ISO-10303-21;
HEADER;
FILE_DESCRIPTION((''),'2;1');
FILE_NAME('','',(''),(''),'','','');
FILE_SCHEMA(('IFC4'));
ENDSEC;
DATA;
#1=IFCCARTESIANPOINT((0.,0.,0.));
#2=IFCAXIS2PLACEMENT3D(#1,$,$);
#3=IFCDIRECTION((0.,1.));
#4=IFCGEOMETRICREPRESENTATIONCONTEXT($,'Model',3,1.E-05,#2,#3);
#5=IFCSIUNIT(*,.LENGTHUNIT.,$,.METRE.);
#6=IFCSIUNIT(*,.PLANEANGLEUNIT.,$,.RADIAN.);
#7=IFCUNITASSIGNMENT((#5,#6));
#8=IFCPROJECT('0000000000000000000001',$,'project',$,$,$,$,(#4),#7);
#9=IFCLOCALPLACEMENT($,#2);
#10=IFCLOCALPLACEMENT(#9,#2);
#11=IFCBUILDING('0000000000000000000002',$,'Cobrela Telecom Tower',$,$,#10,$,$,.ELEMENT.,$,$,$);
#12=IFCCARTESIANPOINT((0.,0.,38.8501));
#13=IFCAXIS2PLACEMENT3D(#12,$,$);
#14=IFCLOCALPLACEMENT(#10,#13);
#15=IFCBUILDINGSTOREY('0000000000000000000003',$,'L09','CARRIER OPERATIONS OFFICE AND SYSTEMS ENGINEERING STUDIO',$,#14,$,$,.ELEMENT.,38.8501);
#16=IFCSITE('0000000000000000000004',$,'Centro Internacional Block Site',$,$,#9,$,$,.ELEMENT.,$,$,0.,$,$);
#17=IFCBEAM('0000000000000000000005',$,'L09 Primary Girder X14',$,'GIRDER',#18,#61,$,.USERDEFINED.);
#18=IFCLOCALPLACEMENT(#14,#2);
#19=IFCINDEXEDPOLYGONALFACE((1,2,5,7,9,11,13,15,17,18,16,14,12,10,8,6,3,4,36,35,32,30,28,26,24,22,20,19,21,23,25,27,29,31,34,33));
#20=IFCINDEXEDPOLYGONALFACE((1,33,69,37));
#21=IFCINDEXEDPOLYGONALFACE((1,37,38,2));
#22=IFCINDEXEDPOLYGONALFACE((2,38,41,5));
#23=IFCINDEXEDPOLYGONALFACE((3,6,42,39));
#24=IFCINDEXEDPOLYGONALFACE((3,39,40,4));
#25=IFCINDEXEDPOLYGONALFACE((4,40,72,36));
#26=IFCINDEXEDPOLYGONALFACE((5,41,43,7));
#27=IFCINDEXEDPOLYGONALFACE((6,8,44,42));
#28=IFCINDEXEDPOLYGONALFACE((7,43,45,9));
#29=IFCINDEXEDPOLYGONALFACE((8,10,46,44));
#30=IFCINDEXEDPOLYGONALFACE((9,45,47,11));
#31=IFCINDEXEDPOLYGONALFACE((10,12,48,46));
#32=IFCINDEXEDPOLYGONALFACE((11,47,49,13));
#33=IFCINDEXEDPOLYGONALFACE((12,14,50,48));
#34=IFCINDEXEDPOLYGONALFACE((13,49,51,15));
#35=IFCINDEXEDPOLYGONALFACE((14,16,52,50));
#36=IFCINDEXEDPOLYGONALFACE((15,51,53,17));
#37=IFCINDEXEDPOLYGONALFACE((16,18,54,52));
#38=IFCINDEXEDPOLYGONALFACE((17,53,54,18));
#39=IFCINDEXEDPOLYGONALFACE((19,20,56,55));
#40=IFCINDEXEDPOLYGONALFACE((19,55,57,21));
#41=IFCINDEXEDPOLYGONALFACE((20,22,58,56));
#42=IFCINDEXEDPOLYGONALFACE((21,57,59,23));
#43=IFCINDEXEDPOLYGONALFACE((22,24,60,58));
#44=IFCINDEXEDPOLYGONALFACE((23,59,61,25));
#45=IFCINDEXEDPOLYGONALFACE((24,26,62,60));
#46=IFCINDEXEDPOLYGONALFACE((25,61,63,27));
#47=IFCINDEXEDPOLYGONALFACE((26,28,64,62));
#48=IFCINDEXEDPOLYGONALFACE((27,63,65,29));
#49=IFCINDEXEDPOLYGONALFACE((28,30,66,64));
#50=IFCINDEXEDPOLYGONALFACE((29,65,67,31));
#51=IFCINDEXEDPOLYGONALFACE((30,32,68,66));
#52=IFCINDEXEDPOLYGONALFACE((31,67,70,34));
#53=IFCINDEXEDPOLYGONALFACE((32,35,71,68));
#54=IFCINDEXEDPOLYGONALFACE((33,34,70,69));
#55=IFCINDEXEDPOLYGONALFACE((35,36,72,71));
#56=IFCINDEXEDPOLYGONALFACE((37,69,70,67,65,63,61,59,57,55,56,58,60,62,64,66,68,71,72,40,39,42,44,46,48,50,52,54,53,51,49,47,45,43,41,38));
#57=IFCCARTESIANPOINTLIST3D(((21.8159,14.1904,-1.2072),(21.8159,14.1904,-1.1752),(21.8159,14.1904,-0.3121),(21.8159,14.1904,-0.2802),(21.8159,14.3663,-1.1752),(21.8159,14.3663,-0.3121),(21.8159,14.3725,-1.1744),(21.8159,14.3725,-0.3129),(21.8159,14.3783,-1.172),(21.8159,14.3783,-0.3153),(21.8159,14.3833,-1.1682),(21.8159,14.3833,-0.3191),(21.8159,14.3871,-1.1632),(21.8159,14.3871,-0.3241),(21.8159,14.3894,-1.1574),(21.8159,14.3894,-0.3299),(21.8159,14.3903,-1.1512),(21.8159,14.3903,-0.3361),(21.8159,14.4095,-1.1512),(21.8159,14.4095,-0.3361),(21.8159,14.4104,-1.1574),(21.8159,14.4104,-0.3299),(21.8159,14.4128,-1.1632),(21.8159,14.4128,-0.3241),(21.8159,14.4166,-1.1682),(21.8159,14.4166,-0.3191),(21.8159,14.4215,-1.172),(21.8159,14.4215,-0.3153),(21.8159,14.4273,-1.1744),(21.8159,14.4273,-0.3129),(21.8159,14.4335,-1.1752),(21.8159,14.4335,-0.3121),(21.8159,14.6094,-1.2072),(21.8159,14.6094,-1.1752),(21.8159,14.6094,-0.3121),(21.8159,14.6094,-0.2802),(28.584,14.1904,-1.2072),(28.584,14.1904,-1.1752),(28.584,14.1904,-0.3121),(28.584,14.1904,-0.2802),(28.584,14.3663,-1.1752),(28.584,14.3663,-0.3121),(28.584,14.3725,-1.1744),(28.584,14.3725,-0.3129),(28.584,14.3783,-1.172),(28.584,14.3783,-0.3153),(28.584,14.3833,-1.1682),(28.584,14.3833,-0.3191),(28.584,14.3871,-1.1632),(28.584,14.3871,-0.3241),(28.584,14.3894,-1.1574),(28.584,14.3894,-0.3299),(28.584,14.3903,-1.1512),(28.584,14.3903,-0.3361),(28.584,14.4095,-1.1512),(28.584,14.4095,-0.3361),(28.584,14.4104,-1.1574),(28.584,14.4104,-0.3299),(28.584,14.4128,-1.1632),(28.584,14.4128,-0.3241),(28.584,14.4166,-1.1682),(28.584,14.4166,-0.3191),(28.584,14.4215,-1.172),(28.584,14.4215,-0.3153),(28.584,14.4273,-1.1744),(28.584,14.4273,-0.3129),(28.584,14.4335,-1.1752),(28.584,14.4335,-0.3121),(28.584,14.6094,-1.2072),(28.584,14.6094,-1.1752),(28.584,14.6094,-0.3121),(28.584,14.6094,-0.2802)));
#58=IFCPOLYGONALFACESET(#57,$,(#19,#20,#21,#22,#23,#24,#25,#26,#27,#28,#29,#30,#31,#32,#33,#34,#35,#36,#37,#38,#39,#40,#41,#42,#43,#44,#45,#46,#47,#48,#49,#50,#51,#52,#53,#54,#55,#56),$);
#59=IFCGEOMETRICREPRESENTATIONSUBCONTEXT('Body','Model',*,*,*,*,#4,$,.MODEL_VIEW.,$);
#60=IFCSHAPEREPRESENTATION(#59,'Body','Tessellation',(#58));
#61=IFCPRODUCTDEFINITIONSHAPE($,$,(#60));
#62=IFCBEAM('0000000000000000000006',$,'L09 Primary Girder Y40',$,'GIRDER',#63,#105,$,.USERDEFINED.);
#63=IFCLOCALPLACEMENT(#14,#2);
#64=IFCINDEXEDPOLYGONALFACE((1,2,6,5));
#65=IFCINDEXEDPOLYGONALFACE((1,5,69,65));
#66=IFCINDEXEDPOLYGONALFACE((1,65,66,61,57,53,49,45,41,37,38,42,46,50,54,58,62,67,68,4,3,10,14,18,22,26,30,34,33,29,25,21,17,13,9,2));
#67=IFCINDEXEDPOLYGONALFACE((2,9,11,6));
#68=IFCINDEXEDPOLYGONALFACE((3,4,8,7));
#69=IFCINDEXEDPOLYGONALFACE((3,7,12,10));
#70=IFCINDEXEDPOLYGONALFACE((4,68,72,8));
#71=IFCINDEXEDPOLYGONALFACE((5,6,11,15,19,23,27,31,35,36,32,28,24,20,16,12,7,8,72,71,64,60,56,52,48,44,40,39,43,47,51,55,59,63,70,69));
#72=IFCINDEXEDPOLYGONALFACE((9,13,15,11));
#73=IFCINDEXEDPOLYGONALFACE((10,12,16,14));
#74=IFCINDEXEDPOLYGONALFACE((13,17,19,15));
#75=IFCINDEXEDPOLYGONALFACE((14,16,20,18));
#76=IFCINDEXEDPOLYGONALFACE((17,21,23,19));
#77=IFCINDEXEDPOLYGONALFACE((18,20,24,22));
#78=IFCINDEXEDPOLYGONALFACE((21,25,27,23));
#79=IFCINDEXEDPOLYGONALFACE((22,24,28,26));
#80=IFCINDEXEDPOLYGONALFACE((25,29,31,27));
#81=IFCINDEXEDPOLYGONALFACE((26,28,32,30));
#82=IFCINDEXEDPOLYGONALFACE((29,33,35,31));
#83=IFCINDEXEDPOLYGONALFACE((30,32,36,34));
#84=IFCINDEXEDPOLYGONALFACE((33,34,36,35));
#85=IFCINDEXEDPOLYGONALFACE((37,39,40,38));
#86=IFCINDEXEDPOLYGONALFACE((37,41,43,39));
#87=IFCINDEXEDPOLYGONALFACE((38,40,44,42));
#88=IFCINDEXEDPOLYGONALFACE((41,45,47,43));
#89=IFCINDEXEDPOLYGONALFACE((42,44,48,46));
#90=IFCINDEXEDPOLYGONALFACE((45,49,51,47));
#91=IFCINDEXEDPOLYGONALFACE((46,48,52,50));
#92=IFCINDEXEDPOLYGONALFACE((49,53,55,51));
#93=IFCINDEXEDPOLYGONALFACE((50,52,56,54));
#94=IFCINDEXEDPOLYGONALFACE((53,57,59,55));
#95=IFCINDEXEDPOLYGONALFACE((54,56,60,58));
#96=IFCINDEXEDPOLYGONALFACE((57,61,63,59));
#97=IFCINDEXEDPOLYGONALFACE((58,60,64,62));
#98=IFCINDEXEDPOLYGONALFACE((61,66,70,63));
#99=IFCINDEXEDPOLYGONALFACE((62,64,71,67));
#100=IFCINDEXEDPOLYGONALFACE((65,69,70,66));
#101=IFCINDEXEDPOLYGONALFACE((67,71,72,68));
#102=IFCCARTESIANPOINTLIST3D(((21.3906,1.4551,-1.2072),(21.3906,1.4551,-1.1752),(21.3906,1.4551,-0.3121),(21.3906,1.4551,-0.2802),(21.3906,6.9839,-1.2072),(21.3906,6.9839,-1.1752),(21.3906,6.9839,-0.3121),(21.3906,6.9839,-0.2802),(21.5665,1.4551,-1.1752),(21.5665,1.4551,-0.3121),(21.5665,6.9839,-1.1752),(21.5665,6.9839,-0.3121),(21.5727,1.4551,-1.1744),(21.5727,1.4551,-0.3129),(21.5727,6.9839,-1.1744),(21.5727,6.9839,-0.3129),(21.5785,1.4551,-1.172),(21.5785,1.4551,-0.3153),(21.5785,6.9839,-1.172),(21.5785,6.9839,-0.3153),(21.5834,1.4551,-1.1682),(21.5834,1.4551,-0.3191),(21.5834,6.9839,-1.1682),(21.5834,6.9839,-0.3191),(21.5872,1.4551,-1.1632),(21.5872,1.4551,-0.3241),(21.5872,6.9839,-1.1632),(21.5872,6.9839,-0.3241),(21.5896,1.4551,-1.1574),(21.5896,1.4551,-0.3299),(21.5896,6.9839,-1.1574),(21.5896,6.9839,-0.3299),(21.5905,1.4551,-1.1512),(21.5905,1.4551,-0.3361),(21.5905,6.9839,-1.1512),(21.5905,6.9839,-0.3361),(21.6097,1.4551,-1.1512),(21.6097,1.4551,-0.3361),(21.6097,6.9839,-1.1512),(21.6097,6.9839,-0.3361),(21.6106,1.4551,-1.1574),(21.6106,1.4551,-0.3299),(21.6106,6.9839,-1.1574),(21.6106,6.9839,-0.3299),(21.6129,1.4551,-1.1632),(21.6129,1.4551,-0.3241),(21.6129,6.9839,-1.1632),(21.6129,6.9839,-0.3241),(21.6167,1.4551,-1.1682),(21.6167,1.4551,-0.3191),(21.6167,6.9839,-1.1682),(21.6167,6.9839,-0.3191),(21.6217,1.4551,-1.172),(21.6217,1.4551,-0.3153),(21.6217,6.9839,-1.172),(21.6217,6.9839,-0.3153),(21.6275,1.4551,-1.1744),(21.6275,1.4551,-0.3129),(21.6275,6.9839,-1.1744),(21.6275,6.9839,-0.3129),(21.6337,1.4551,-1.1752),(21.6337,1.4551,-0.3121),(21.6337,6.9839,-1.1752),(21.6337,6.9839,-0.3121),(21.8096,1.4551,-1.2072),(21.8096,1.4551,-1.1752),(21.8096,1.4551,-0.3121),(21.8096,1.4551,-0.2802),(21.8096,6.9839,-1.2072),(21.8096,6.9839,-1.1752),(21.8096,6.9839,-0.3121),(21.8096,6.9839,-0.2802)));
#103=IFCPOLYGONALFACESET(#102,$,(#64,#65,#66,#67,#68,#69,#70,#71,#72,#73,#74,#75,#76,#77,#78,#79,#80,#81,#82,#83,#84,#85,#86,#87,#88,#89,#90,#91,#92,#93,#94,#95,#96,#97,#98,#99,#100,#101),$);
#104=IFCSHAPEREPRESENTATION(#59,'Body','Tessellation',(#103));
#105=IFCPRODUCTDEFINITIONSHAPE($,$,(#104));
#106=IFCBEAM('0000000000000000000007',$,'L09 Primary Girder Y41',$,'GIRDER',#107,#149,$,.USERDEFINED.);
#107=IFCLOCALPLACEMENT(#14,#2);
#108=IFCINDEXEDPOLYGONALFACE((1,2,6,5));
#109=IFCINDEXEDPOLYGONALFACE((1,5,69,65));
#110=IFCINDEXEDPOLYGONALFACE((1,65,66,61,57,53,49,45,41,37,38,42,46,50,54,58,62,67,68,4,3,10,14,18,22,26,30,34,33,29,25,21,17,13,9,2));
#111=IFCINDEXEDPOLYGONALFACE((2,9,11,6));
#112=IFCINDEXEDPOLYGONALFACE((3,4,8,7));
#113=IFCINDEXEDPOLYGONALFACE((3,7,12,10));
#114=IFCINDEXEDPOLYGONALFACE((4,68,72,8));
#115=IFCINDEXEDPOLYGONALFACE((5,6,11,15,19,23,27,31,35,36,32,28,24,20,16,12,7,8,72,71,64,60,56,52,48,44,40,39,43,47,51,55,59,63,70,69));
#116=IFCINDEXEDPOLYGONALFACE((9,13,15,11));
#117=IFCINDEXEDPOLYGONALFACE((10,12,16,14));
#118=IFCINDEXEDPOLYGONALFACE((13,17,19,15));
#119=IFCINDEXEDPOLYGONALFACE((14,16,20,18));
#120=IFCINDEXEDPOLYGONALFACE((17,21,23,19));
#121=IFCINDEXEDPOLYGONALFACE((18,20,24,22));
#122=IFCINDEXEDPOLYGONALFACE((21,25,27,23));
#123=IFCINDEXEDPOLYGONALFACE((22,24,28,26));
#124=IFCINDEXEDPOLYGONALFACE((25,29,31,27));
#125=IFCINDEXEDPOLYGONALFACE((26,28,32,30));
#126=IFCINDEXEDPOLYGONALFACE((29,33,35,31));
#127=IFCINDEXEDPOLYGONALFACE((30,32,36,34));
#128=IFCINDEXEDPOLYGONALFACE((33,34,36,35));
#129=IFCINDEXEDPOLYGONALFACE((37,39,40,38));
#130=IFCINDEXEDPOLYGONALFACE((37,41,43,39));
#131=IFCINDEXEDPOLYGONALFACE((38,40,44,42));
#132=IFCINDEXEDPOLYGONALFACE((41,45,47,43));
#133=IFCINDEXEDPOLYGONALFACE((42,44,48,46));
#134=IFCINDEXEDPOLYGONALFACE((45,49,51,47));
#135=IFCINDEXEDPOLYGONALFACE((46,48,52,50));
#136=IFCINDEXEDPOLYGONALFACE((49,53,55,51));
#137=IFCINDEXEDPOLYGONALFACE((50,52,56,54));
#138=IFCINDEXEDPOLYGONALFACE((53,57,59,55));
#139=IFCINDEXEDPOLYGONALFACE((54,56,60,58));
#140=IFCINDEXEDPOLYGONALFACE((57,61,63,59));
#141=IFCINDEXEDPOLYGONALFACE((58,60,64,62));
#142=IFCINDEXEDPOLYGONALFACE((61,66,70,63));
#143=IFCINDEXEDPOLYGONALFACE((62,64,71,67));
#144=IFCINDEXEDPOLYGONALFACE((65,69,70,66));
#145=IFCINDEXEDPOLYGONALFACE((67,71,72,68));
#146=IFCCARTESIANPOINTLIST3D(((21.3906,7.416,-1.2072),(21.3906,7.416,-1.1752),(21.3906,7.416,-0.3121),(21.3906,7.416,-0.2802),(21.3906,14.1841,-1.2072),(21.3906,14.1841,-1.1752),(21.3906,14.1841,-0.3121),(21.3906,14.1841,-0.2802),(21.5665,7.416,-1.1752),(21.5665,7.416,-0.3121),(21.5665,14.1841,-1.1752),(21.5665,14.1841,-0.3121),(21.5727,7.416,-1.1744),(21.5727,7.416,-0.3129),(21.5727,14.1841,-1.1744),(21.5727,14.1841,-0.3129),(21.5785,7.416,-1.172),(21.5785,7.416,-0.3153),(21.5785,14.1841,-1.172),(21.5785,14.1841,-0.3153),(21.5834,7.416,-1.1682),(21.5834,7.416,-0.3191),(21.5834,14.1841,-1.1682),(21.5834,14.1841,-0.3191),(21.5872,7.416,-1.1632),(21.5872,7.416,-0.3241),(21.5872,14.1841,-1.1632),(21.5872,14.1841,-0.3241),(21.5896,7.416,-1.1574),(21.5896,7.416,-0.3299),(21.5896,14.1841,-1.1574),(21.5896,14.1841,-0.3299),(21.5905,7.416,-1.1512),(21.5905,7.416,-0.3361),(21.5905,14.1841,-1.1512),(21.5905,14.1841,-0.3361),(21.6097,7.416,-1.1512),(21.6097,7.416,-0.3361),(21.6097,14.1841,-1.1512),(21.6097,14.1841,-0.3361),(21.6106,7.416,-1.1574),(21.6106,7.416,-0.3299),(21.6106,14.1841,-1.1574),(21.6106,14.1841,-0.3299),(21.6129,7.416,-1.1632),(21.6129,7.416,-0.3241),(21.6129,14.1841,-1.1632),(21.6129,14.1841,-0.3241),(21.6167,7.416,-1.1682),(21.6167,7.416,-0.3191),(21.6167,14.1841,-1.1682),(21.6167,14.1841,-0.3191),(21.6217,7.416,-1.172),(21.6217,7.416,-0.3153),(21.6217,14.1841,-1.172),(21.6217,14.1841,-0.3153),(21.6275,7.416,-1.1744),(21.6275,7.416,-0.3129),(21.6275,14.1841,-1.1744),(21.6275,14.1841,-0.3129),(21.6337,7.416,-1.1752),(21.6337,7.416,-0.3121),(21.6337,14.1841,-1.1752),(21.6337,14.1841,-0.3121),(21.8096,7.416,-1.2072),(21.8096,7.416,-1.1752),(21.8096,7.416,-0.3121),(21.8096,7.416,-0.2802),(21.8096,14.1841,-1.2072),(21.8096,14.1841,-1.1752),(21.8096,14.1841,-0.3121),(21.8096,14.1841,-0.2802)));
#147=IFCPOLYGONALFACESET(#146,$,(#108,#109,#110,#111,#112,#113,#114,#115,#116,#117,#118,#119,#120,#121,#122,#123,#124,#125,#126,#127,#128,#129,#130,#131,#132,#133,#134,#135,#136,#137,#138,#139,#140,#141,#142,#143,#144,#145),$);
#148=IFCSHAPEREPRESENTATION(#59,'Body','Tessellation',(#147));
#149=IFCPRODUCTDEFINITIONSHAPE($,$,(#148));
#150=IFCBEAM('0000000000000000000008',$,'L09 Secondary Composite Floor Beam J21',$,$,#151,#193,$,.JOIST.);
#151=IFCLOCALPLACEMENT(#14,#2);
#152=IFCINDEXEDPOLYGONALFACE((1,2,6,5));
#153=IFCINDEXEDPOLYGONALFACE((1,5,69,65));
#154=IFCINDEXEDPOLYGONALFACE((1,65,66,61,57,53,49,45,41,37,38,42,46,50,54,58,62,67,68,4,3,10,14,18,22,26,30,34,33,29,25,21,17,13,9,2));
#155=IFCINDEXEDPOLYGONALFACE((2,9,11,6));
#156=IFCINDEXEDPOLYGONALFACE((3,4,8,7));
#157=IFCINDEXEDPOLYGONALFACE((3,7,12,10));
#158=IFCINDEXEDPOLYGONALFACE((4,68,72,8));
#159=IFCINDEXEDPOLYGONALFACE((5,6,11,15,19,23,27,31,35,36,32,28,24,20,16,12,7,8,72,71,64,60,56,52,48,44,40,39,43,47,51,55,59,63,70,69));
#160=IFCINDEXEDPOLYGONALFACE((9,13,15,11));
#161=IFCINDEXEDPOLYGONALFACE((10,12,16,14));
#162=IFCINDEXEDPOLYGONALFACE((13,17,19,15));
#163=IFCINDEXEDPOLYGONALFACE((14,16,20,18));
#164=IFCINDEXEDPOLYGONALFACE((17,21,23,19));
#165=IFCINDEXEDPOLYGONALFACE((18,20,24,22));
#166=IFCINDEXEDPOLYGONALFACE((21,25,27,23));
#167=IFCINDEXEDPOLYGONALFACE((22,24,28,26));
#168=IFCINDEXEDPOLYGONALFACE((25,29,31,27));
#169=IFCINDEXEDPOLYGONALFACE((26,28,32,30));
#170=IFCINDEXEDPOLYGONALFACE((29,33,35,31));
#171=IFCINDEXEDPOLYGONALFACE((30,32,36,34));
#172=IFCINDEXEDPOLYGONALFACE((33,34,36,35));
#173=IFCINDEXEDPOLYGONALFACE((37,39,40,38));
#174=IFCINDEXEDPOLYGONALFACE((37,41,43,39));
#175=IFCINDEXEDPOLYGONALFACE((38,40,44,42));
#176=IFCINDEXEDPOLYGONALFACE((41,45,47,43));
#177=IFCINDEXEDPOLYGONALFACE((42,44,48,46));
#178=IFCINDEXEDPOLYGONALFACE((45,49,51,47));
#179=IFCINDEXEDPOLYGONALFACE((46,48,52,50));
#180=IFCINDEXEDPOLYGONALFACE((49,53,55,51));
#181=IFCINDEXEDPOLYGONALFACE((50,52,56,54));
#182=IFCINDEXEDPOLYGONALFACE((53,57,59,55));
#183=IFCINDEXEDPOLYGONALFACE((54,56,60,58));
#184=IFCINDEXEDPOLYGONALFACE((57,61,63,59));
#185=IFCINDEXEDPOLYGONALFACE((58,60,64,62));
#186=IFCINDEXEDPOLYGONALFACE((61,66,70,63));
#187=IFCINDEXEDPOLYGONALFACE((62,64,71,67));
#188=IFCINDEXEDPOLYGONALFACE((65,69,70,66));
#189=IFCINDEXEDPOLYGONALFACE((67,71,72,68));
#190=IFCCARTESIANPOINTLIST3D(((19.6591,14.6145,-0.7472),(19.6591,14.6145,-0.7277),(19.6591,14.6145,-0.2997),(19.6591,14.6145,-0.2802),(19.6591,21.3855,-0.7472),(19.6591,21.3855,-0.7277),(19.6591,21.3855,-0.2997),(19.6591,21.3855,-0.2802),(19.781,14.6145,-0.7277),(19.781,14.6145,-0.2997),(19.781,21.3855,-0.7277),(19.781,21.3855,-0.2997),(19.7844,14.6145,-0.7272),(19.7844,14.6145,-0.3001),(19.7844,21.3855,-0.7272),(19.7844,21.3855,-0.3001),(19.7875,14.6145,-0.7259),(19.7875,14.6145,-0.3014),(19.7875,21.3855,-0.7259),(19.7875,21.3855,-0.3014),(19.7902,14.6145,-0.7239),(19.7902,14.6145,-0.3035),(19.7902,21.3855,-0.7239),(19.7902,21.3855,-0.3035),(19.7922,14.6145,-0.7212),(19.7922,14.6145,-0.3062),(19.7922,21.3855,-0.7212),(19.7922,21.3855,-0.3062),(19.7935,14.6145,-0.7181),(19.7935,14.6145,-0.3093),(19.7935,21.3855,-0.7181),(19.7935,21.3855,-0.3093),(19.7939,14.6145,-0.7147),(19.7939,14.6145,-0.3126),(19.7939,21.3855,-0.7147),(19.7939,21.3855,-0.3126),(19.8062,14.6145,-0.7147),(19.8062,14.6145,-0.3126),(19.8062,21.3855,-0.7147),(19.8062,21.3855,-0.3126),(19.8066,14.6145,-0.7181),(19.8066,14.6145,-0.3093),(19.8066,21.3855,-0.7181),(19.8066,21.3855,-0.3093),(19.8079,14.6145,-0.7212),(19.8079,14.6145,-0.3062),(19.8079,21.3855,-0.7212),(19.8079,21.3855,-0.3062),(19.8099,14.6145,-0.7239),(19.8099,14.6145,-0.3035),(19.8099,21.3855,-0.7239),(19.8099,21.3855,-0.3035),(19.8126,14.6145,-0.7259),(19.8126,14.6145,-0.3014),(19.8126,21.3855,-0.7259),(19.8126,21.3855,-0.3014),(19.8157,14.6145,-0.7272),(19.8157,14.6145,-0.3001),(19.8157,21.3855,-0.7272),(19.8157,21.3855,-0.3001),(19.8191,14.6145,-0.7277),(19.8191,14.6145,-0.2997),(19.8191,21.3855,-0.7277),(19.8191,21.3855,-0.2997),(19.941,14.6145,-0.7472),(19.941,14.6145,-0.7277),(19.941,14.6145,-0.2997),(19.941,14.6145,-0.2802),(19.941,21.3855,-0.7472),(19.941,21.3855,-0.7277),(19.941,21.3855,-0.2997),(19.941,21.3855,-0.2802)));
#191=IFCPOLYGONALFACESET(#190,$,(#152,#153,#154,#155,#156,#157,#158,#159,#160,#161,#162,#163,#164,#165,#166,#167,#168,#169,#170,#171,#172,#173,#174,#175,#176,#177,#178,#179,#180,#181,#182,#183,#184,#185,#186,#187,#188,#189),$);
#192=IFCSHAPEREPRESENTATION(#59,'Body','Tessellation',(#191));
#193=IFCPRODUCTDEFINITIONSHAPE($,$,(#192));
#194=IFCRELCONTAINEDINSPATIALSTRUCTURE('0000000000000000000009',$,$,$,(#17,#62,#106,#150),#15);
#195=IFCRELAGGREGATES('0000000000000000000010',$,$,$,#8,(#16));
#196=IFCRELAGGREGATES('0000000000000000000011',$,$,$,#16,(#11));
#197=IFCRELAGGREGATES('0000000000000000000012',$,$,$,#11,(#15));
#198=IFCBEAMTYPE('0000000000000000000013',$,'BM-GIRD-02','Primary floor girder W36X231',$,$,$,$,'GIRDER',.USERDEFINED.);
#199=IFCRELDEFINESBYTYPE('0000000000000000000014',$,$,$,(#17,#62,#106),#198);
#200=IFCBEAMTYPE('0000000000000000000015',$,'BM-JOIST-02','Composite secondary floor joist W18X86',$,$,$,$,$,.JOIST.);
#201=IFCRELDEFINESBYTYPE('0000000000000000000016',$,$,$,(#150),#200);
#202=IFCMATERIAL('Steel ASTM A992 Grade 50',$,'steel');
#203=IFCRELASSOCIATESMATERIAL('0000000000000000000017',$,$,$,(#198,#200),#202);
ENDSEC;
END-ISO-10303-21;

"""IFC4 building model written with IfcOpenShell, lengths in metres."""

from ifc_helpers import new_model, si_unit, direction, frame, origin, origin_2d, place, context, subcontext, project, spatial, i_section, extrude, material, material_profile, profile_set, type_object, element, save


model = new_model("IFC4")

# Units and contexts
model_context = context("Model", 3, precision=1e-05, world=origin(), true_north=direction((0.0, 1.0)))
body_context = subcontext(model_context, "Body", "Model", "MODEL_VIEW")
ifc_project = project(units=[si_unit("LENGTHUNIT", "METRE"), si_unit("PLANEANGLEUNIT", "RADIAN")], contexts=[model_context])

# Site, building, storey
site_placement = place(None, origin())
site = spatial("IfcSite", under=ifc_project, at=site_placement, Name="Centro Internacional Block Site", CompositionType="ELEMENT", RefElevation=0.0)
building_placement = place(site_placement, origin())
building = spatial("IfcBuilding", under=site, at=building_placement, Name="Cobrela Telecom Tower", CompositionType="ELEMENT")
storey_placement = place(building_placement, frame((0.0, 0.0, 38.8501)))
storey = spatial("IfcBuildingStorey", under=building, at=storey_placement, Name="L09", Description="CARRIER OPERATIONS OFFICE AND SYSTEMS ENGINEERING STUDIO", CompositionType="ELEMENT", Elevation=38.8501)

# Shared definitions
ifc_material_1 = material(Name="Steel ASTM A992 Grade 50", Category="steel")

# Beams
ifc_material_profile_1 = material_profile(ifc_material_1, i_section(OverallWidth=0.4189, OverallDepth=0.927, WebThickness=0.0193, FlangeThickness=0.032, FilletRadius=0.0239, at=origin_2d()), Name="W36X231")
ifc_profile_set_1 = profile_set([ifc_material_profile_1], Name="Steel ASTM A992 Grade 50")
beam_type_1 = type_object("IfcBeamType", Name="BM-GIRD-02", Description="Primary floor girder W36X231", ElementType="GIRDER", PredefinedType="USERDEFINED", material=ifc_profile_set_1)
for number, where, z_axis, x_axis, name in (
    (1, (21.8159, 14.3999, -0.7437), (1.0, 0.0, 0.0), (0.0, 1.0, 0.0), "L09 Primary Girder X14"),
):
    element("IfcBeam", number, at=place(storey_placement, frame(where, z_axis=z_axis, x_axis=x_axis)), inside=storey, type_object=beam_type_1, Name=name, ObjectType="GIRDER", PredefinedType="USERDEFINED", context=body_context, shape_type="SweptSolid", body=[
        extrude(i_section(OverallWidth=0.4189, OverallDepth=0.927, WebThickness=0.0193, FlangeThickness=0.032, FilletRadius=0.0239, at=origin_2d()), origin(), (0.0, 0.0, 1.0), 6.7681),
    ])
beam_1_placement = place(storey_placement, frame((21.6001, 1.4551, -0.7437), z_axis=(0.0, 1.0, 0.0), x_axis=(-1.0, 0.0, 0.0)))
element("IfcBeam", 2, at=beam_1_placement, inside=storey, type_object=beam_type_1, Name="L09 Primary Girder Y40", ObjectType="GIRDER", PredefinedType="USERDEFINED", context=body_context, shape_type="SweptSolid", body=[
    extrude(i_section(OverallWidth=0.4189, OverallDepth=0.927, WebThickness=0.0193, FlangeThickness=0.032, FilletRadius=0.0239, at=origin_2d()), origin(), (0.0, 0.0, 1.0), 5.5288),
])
beam_2_placement = place(storey_placement, frame((21.6001, 7.416, -0.7437), z_axis=(0.0, 1.0, 0.0), x_axis=(-1.0, 0.0, 0.0)))
element("IfcBeam", 3, at=beam_2_placement, inside=storey, type_object=beam_type_1, Name="L09 Primary Girder Y41", ObjectType="GIRDER", PredefinedType="USERDEFINED", context=body_context, shape_type="SweptSolid", body=[
    extrude(i_section(OverallWidth=0.4189, OverallDepth=0.927, WebThickness=0.0193, FlangeThickness=0.032, FilletRadius=0.0239, at=origin_2d()), origin(), (0.0, 0.0, 1.0), 6.7681),
])
ifc_material_profile_2 = material_profile(ifc_material_1, i_section(OverallWidth=0.282, OverallDepth=0.467, WebThickness=0.0122, FlangeThickness=0.0195, FilletRadius=0.0129, at=origin_2d()), Name="W18X86")
ifc_profile_set_2 = profile_set([ifc_material_profile_2], Name="Steel ASTM A992 Grade 50")
beam_type_2 = type_object("IfcBeamType", Name="BM-JOIST-02", Description="Composite secondary floor joist W18X86", PredefinedType="JOIST", material=ifc_profile_set_2)
beam_3_placement = place(storey_placement, frame((19.8, 14.6145, -0.5137), z_axis=(0.0, 1.0, 0.0), x_axis=(-1.0, 0.0, 0.0)))
element("IfcBeam", 4, at=beam_3_placement, inside=storey, type_object=beam_type_2, Name="L09 Secondary Composite Floor Beam J21", PredefinedType="JOIST", context=body_context, shape_type="SweptSolid", body=[
    extrude(i_section(OverallWidth=0.282, OverallDepth=0.467, WebThickness=0.0122, FlangeThickness=0.0195, FilletRadius=0.0129, at=origin_2d()), origin(), (0.0, 0.0, 1.0), 6.771),
])

save(model, "model.ifc")
